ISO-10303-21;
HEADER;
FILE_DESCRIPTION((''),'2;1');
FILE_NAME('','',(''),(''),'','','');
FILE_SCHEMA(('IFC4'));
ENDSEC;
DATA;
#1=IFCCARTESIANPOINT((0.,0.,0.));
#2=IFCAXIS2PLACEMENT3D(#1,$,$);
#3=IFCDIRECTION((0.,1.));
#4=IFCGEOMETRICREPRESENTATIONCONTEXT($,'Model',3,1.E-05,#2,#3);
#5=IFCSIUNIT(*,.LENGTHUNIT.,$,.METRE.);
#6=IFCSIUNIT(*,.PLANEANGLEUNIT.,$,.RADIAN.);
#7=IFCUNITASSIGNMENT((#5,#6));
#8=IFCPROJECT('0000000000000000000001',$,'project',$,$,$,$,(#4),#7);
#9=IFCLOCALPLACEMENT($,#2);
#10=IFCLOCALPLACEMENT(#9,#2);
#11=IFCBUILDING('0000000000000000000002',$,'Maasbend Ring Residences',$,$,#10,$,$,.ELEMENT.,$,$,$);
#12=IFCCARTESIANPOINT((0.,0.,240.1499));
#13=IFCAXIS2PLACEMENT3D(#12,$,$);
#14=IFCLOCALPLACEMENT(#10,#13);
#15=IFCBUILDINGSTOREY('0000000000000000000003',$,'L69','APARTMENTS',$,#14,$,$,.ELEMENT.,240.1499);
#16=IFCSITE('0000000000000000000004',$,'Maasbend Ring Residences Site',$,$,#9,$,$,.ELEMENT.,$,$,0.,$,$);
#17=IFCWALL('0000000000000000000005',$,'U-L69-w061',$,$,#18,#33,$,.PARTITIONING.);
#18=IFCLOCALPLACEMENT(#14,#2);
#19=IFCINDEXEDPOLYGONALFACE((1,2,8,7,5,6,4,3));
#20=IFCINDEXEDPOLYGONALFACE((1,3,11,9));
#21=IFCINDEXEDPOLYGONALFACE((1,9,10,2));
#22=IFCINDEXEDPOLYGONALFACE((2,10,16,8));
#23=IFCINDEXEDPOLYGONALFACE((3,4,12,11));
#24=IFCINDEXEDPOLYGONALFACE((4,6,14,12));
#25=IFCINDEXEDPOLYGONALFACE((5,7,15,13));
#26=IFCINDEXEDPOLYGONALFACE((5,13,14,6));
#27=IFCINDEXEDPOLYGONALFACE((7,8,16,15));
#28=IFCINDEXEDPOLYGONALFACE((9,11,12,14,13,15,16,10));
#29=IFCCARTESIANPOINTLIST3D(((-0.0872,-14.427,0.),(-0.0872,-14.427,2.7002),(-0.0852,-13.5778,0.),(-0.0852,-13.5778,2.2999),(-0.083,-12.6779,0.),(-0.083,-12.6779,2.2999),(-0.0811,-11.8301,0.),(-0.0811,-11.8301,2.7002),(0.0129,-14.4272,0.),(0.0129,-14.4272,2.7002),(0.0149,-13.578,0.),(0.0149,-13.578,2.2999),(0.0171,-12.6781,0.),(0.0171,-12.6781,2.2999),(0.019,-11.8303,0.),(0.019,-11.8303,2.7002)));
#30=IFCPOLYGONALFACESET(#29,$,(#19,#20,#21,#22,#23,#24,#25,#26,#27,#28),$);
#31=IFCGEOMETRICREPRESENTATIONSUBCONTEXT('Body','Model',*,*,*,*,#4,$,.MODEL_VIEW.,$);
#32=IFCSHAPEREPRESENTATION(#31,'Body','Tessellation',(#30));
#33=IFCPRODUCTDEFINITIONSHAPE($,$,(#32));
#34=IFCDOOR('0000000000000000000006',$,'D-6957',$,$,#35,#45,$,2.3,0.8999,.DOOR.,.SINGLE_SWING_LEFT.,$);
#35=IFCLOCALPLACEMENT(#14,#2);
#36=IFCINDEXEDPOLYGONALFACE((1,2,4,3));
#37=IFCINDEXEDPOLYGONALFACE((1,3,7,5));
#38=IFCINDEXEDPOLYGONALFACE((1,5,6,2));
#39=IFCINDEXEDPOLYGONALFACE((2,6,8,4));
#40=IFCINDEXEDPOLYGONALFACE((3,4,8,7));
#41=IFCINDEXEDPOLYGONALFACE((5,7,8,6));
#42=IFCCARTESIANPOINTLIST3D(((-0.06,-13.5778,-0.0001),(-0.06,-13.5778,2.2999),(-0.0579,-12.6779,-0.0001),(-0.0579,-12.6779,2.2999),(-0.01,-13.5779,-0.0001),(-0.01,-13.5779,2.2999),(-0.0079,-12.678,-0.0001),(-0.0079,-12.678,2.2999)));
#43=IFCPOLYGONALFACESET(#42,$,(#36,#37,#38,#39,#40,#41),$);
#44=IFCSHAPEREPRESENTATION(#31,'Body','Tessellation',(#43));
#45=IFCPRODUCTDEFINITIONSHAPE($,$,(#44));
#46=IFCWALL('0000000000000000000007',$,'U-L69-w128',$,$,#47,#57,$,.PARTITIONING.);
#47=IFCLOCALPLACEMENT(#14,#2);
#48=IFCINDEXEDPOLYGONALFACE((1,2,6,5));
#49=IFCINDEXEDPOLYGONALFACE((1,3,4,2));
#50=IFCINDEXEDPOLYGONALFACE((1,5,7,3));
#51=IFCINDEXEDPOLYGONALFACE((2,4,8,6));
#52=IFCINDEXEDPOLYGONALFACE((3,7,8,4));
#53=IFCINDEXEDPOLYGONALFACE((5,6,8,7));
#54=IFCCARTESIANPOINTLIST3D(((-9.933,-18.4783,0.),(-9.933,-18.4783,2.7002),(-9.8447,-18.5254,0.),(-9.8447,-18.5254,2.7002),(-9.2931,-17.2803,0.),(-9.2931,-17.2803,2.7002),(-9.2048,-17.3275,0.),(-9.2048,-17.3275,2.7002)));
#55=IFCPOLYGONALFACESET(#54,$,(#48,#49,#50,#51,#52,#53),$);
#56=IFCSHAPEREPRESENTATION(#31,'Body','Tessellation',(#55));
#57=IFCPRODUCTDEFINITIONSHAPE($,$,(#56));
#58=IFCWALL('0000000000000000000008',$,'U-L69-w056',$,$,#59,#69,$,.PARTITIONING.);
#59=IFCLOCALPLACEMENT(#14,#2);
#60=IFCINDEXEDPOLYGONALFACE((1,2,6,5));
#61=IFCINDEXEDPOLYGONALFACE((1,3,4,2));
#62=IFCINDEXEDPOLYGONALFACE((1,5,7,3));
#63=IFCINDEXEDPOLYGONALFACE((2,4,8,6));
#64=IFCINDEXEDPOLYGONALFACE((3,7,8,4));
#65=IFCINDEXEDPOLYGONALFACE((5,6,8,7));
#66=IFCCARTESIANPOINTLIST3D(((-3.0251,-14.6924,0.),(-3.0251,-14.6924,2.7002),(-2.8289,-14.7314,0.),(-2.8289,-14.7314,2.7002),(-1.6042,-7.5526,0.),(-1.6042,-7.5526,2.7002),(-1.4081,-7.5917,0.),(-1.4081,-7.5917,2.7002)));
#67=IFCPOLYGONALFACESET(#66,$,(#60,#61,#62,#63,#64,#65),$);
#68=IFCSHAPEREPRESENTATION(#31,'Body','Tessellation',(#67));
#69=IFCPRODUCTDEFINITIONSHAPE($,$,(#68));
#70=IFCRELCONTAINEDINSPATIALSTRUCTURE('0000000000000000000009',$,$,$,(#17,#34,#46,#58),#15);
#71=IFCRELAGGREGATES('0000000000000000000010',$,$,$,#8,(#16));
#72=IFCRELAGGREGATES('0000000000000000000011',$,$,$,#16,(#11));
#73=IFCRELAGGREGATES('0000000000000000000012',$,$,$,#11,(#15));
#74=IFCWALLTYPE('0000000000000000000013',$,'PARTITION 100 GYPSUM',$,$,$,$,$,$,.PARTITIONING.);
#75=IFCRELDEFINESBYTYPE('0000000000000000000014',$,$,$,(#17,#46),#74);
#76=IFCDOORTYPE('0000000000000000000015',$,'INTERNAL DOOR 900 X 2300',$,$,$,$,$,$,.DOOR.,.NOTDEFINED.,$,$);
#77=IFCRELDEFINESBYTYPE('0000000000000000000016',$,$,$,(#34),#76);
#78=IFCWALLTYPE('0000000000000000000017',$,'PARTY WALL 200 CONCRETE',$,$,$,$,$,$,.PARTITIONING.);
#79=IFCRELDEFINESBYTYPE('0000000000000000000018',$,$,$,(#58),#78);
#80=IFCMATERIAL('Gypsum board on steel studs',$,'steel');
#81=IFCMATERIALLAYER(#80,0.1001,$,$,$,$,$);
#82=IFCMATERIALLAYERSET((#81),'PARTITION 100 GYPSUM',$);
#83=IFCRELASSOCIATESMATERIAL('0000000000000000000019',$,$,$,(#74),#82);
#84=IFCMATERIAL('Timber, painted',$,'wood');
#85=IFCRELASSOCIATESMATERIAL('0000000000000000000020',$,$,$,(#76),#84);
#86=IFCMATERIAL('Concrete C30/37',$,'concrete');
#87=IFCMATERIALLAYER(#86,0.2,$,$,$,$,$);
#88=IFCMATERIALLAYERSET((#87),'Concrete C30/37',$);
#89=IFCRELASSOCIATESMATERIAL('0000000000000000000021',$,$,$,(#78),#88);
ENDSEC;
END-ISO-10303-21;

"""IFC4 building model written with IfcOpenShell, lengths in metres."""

from ifc_helpers import new_model, si_unit, direction, frame, frame_2d, origin, place, context, subcontext, project, spatial, rectangle, extrude, material, layer, layer_set, type_object, element, fill, save


model = new_model("IFC4")

# Units and contexts
model_context = context("Model", 3, precision=1e-05, world=origin(), true_north=direction((0.0, 1.0)))
body_context = subcontext(model_context, "Body", "Model", "MODEL_VIEW")
ifc_project = project(units=[si_unit("LENGTHUNIT", "METRE"), si_unit("PLANEANGLEUNIT", "RADIAN")], contexts=[model_context])

# Site, building, storey
site_placement = place(None, origin())
site = spatial("IfcSite", under=ifc_project, at=site_placement, Name="Maasbend Ring Residences Site", CompositionType="ELEMENT", RefElevation=0.0)
building_placement = place(site_placement, origin())
building = spatial("IfcBuilding", under=site, at=building_placement, Name="Maasbend Ring Residences", CompositionType="ELEMENT")
storey_placement = place(building_placement, frame((0.0, 0.0, 240.1499)))
storey = spatial("IfcBuildingStorey", under=building, at=storey_placement, Name="L69", Description="APARTMENTS", CompositionType="ELEMENT", Elevation=240.1499)

# Shared definitions
ifc_material_1 = material(Name="Gypsum board on steel studs", Category="steel")
ifc_layer_1 = layer(ifc_material_1, 0.1001)
ifc_layer_set_1 = layer_set([ifc_layer_1], Name="PARTITION 100 GYPSUM")
wall_type_1 = type_object("IfcWallType", Name="PARTITION 100 GYPSUM", PredefinedType="PARTITIONING", material=ifc_layer_set_1)

# Shared definitions
ifc_material_2 = material(Name="Timber, painted", Category="wood")
door_type_1 = type_object("IfcDoorType", Name="INTERNAL DOOR 900 X 2300", OperationType="NOTDEFINED", PredefinedType="DOOR", material=ifc_material_2)

# Wall, opening, door
wall_1_placement = place(storey_placement, frame((-0.0371, -14.427, 0.0), z_axis=(0.0, 0.0, 1.0), x_axis=(0.00235, 0.999997, 0.0)))
wall_1 = element("IfcWall", 1, at=wall_1_placement, inside=storey, type_object=wall_type_1, Name="U-L69-w061", PredefinedType="PARTITIONING", context=body_context, shape_type="SweptSolid", body=[
    extrude(rectangle(XDim=2.5969, YDim=0.1001, at=frame_2d((1.2983, 0.0))), origin(), (0.0, 0.0, 1.0), 2.7002),
])
opening_1_placement = place(wall_1_placement, frame((0.8491, 0.0, 0.0)))
opening_1 = element("IfcOpeningElement", 2, at=opening_1_placement, cuts=wall_1, PredefinedType="OPENING", context=body_context, shape_type="SweptSolid", body=[
    extrude(rectangle(XDim=0.8999, YDim=2.3, at=frame_2d((0.45, 1.1499))), frame((0.0, 0.0601, 0.0), z_axis=(0.0, -1.0, 0.0), x_axis=(1.0, 0.0, 0.0)), (0.0, 0.0, 1.0), 0.1201),
])
door_1_placement = place(opening_1_placement, origin())
door_1 = element("IfcDoor", 3, at=door_1_placement, inside=storey, type_object=door_type_1, Name="D-6957", OperationType="SINGLE_SWING_LEFT", OverallHeight=2.3, OverallWidth=0.8999, PredefinedType="DOOR", context=body_context, shape_type="SweptSolid", body=[
    extrude(rectangle(XDim=0.8999, YDim=2.3, at=frame_2d((0.45, 1.1499))), frame((0.0, 0.0249, 0.0), z_axis=(0.0, -1.0, 0.0), x_axis=(1.0, 0.0, 0.0)), (0.0, 0.0, 1.0), 0.05),
])
fill(opening_1, door_1)

# Walls
wall_2_placement = place(storey_placement, frame((-9.8889, -18.502, 0.0), z_axis=(0.0, 0.0, 1.0), x_axis=(0.471139, 0.882059, 0.0)))
element("IfcWall", 4, at=wall_2_placement, inside=storey, type_object=wall_type_1, Name="U-L69-w128", PredefinedType="PARTITIONING", context=body_context, shape_type="SweptSolid", body=[
    extrude(rectangle(XDim=1.3582, YDim=0.1001, at=frame_2d((0.6792, 0.0))), origin(), (0.0, 0.0, 1.0), 2.7002),
])
ifc_material_3 = material(Name="Concrete C30/37", Category="concrete")
ifc_layer_2 = layer(ifc_material_3, 0.2)
ifc_layer_set_2 = layer_set([ifc_layer_2], Name="Concrete C30/37")
wall_type_2 = type_object("IfcWallType", Name="PARTY WALL 200 CONCRETE", PredefinedType="PARTITIONING", material=ifc_layer_set_2)
wall_3_placement = place(storey_placement, frame((-2.927, -14.7119, 0.0), z_axis=(0.0, 0.0, 1.0), x_axis=(0.195181, 0.980767, 0.0)))
element("IfcWall", 5, at=wall_3_placement, inside=storey, type_object=wall_type_2, Name="U-L69-w056", PredefinedType="PARTITIONING", context=body_context, shape_type="SweptSolid", body=[
    extrude(rectangle(XDim=7.2798, YDim=0.2, at=frame_2d((3.6399, 0.0))), origin(), (0.0, 0.0, 1.0), 2.7002),
])

save(model, "model.ifc")
